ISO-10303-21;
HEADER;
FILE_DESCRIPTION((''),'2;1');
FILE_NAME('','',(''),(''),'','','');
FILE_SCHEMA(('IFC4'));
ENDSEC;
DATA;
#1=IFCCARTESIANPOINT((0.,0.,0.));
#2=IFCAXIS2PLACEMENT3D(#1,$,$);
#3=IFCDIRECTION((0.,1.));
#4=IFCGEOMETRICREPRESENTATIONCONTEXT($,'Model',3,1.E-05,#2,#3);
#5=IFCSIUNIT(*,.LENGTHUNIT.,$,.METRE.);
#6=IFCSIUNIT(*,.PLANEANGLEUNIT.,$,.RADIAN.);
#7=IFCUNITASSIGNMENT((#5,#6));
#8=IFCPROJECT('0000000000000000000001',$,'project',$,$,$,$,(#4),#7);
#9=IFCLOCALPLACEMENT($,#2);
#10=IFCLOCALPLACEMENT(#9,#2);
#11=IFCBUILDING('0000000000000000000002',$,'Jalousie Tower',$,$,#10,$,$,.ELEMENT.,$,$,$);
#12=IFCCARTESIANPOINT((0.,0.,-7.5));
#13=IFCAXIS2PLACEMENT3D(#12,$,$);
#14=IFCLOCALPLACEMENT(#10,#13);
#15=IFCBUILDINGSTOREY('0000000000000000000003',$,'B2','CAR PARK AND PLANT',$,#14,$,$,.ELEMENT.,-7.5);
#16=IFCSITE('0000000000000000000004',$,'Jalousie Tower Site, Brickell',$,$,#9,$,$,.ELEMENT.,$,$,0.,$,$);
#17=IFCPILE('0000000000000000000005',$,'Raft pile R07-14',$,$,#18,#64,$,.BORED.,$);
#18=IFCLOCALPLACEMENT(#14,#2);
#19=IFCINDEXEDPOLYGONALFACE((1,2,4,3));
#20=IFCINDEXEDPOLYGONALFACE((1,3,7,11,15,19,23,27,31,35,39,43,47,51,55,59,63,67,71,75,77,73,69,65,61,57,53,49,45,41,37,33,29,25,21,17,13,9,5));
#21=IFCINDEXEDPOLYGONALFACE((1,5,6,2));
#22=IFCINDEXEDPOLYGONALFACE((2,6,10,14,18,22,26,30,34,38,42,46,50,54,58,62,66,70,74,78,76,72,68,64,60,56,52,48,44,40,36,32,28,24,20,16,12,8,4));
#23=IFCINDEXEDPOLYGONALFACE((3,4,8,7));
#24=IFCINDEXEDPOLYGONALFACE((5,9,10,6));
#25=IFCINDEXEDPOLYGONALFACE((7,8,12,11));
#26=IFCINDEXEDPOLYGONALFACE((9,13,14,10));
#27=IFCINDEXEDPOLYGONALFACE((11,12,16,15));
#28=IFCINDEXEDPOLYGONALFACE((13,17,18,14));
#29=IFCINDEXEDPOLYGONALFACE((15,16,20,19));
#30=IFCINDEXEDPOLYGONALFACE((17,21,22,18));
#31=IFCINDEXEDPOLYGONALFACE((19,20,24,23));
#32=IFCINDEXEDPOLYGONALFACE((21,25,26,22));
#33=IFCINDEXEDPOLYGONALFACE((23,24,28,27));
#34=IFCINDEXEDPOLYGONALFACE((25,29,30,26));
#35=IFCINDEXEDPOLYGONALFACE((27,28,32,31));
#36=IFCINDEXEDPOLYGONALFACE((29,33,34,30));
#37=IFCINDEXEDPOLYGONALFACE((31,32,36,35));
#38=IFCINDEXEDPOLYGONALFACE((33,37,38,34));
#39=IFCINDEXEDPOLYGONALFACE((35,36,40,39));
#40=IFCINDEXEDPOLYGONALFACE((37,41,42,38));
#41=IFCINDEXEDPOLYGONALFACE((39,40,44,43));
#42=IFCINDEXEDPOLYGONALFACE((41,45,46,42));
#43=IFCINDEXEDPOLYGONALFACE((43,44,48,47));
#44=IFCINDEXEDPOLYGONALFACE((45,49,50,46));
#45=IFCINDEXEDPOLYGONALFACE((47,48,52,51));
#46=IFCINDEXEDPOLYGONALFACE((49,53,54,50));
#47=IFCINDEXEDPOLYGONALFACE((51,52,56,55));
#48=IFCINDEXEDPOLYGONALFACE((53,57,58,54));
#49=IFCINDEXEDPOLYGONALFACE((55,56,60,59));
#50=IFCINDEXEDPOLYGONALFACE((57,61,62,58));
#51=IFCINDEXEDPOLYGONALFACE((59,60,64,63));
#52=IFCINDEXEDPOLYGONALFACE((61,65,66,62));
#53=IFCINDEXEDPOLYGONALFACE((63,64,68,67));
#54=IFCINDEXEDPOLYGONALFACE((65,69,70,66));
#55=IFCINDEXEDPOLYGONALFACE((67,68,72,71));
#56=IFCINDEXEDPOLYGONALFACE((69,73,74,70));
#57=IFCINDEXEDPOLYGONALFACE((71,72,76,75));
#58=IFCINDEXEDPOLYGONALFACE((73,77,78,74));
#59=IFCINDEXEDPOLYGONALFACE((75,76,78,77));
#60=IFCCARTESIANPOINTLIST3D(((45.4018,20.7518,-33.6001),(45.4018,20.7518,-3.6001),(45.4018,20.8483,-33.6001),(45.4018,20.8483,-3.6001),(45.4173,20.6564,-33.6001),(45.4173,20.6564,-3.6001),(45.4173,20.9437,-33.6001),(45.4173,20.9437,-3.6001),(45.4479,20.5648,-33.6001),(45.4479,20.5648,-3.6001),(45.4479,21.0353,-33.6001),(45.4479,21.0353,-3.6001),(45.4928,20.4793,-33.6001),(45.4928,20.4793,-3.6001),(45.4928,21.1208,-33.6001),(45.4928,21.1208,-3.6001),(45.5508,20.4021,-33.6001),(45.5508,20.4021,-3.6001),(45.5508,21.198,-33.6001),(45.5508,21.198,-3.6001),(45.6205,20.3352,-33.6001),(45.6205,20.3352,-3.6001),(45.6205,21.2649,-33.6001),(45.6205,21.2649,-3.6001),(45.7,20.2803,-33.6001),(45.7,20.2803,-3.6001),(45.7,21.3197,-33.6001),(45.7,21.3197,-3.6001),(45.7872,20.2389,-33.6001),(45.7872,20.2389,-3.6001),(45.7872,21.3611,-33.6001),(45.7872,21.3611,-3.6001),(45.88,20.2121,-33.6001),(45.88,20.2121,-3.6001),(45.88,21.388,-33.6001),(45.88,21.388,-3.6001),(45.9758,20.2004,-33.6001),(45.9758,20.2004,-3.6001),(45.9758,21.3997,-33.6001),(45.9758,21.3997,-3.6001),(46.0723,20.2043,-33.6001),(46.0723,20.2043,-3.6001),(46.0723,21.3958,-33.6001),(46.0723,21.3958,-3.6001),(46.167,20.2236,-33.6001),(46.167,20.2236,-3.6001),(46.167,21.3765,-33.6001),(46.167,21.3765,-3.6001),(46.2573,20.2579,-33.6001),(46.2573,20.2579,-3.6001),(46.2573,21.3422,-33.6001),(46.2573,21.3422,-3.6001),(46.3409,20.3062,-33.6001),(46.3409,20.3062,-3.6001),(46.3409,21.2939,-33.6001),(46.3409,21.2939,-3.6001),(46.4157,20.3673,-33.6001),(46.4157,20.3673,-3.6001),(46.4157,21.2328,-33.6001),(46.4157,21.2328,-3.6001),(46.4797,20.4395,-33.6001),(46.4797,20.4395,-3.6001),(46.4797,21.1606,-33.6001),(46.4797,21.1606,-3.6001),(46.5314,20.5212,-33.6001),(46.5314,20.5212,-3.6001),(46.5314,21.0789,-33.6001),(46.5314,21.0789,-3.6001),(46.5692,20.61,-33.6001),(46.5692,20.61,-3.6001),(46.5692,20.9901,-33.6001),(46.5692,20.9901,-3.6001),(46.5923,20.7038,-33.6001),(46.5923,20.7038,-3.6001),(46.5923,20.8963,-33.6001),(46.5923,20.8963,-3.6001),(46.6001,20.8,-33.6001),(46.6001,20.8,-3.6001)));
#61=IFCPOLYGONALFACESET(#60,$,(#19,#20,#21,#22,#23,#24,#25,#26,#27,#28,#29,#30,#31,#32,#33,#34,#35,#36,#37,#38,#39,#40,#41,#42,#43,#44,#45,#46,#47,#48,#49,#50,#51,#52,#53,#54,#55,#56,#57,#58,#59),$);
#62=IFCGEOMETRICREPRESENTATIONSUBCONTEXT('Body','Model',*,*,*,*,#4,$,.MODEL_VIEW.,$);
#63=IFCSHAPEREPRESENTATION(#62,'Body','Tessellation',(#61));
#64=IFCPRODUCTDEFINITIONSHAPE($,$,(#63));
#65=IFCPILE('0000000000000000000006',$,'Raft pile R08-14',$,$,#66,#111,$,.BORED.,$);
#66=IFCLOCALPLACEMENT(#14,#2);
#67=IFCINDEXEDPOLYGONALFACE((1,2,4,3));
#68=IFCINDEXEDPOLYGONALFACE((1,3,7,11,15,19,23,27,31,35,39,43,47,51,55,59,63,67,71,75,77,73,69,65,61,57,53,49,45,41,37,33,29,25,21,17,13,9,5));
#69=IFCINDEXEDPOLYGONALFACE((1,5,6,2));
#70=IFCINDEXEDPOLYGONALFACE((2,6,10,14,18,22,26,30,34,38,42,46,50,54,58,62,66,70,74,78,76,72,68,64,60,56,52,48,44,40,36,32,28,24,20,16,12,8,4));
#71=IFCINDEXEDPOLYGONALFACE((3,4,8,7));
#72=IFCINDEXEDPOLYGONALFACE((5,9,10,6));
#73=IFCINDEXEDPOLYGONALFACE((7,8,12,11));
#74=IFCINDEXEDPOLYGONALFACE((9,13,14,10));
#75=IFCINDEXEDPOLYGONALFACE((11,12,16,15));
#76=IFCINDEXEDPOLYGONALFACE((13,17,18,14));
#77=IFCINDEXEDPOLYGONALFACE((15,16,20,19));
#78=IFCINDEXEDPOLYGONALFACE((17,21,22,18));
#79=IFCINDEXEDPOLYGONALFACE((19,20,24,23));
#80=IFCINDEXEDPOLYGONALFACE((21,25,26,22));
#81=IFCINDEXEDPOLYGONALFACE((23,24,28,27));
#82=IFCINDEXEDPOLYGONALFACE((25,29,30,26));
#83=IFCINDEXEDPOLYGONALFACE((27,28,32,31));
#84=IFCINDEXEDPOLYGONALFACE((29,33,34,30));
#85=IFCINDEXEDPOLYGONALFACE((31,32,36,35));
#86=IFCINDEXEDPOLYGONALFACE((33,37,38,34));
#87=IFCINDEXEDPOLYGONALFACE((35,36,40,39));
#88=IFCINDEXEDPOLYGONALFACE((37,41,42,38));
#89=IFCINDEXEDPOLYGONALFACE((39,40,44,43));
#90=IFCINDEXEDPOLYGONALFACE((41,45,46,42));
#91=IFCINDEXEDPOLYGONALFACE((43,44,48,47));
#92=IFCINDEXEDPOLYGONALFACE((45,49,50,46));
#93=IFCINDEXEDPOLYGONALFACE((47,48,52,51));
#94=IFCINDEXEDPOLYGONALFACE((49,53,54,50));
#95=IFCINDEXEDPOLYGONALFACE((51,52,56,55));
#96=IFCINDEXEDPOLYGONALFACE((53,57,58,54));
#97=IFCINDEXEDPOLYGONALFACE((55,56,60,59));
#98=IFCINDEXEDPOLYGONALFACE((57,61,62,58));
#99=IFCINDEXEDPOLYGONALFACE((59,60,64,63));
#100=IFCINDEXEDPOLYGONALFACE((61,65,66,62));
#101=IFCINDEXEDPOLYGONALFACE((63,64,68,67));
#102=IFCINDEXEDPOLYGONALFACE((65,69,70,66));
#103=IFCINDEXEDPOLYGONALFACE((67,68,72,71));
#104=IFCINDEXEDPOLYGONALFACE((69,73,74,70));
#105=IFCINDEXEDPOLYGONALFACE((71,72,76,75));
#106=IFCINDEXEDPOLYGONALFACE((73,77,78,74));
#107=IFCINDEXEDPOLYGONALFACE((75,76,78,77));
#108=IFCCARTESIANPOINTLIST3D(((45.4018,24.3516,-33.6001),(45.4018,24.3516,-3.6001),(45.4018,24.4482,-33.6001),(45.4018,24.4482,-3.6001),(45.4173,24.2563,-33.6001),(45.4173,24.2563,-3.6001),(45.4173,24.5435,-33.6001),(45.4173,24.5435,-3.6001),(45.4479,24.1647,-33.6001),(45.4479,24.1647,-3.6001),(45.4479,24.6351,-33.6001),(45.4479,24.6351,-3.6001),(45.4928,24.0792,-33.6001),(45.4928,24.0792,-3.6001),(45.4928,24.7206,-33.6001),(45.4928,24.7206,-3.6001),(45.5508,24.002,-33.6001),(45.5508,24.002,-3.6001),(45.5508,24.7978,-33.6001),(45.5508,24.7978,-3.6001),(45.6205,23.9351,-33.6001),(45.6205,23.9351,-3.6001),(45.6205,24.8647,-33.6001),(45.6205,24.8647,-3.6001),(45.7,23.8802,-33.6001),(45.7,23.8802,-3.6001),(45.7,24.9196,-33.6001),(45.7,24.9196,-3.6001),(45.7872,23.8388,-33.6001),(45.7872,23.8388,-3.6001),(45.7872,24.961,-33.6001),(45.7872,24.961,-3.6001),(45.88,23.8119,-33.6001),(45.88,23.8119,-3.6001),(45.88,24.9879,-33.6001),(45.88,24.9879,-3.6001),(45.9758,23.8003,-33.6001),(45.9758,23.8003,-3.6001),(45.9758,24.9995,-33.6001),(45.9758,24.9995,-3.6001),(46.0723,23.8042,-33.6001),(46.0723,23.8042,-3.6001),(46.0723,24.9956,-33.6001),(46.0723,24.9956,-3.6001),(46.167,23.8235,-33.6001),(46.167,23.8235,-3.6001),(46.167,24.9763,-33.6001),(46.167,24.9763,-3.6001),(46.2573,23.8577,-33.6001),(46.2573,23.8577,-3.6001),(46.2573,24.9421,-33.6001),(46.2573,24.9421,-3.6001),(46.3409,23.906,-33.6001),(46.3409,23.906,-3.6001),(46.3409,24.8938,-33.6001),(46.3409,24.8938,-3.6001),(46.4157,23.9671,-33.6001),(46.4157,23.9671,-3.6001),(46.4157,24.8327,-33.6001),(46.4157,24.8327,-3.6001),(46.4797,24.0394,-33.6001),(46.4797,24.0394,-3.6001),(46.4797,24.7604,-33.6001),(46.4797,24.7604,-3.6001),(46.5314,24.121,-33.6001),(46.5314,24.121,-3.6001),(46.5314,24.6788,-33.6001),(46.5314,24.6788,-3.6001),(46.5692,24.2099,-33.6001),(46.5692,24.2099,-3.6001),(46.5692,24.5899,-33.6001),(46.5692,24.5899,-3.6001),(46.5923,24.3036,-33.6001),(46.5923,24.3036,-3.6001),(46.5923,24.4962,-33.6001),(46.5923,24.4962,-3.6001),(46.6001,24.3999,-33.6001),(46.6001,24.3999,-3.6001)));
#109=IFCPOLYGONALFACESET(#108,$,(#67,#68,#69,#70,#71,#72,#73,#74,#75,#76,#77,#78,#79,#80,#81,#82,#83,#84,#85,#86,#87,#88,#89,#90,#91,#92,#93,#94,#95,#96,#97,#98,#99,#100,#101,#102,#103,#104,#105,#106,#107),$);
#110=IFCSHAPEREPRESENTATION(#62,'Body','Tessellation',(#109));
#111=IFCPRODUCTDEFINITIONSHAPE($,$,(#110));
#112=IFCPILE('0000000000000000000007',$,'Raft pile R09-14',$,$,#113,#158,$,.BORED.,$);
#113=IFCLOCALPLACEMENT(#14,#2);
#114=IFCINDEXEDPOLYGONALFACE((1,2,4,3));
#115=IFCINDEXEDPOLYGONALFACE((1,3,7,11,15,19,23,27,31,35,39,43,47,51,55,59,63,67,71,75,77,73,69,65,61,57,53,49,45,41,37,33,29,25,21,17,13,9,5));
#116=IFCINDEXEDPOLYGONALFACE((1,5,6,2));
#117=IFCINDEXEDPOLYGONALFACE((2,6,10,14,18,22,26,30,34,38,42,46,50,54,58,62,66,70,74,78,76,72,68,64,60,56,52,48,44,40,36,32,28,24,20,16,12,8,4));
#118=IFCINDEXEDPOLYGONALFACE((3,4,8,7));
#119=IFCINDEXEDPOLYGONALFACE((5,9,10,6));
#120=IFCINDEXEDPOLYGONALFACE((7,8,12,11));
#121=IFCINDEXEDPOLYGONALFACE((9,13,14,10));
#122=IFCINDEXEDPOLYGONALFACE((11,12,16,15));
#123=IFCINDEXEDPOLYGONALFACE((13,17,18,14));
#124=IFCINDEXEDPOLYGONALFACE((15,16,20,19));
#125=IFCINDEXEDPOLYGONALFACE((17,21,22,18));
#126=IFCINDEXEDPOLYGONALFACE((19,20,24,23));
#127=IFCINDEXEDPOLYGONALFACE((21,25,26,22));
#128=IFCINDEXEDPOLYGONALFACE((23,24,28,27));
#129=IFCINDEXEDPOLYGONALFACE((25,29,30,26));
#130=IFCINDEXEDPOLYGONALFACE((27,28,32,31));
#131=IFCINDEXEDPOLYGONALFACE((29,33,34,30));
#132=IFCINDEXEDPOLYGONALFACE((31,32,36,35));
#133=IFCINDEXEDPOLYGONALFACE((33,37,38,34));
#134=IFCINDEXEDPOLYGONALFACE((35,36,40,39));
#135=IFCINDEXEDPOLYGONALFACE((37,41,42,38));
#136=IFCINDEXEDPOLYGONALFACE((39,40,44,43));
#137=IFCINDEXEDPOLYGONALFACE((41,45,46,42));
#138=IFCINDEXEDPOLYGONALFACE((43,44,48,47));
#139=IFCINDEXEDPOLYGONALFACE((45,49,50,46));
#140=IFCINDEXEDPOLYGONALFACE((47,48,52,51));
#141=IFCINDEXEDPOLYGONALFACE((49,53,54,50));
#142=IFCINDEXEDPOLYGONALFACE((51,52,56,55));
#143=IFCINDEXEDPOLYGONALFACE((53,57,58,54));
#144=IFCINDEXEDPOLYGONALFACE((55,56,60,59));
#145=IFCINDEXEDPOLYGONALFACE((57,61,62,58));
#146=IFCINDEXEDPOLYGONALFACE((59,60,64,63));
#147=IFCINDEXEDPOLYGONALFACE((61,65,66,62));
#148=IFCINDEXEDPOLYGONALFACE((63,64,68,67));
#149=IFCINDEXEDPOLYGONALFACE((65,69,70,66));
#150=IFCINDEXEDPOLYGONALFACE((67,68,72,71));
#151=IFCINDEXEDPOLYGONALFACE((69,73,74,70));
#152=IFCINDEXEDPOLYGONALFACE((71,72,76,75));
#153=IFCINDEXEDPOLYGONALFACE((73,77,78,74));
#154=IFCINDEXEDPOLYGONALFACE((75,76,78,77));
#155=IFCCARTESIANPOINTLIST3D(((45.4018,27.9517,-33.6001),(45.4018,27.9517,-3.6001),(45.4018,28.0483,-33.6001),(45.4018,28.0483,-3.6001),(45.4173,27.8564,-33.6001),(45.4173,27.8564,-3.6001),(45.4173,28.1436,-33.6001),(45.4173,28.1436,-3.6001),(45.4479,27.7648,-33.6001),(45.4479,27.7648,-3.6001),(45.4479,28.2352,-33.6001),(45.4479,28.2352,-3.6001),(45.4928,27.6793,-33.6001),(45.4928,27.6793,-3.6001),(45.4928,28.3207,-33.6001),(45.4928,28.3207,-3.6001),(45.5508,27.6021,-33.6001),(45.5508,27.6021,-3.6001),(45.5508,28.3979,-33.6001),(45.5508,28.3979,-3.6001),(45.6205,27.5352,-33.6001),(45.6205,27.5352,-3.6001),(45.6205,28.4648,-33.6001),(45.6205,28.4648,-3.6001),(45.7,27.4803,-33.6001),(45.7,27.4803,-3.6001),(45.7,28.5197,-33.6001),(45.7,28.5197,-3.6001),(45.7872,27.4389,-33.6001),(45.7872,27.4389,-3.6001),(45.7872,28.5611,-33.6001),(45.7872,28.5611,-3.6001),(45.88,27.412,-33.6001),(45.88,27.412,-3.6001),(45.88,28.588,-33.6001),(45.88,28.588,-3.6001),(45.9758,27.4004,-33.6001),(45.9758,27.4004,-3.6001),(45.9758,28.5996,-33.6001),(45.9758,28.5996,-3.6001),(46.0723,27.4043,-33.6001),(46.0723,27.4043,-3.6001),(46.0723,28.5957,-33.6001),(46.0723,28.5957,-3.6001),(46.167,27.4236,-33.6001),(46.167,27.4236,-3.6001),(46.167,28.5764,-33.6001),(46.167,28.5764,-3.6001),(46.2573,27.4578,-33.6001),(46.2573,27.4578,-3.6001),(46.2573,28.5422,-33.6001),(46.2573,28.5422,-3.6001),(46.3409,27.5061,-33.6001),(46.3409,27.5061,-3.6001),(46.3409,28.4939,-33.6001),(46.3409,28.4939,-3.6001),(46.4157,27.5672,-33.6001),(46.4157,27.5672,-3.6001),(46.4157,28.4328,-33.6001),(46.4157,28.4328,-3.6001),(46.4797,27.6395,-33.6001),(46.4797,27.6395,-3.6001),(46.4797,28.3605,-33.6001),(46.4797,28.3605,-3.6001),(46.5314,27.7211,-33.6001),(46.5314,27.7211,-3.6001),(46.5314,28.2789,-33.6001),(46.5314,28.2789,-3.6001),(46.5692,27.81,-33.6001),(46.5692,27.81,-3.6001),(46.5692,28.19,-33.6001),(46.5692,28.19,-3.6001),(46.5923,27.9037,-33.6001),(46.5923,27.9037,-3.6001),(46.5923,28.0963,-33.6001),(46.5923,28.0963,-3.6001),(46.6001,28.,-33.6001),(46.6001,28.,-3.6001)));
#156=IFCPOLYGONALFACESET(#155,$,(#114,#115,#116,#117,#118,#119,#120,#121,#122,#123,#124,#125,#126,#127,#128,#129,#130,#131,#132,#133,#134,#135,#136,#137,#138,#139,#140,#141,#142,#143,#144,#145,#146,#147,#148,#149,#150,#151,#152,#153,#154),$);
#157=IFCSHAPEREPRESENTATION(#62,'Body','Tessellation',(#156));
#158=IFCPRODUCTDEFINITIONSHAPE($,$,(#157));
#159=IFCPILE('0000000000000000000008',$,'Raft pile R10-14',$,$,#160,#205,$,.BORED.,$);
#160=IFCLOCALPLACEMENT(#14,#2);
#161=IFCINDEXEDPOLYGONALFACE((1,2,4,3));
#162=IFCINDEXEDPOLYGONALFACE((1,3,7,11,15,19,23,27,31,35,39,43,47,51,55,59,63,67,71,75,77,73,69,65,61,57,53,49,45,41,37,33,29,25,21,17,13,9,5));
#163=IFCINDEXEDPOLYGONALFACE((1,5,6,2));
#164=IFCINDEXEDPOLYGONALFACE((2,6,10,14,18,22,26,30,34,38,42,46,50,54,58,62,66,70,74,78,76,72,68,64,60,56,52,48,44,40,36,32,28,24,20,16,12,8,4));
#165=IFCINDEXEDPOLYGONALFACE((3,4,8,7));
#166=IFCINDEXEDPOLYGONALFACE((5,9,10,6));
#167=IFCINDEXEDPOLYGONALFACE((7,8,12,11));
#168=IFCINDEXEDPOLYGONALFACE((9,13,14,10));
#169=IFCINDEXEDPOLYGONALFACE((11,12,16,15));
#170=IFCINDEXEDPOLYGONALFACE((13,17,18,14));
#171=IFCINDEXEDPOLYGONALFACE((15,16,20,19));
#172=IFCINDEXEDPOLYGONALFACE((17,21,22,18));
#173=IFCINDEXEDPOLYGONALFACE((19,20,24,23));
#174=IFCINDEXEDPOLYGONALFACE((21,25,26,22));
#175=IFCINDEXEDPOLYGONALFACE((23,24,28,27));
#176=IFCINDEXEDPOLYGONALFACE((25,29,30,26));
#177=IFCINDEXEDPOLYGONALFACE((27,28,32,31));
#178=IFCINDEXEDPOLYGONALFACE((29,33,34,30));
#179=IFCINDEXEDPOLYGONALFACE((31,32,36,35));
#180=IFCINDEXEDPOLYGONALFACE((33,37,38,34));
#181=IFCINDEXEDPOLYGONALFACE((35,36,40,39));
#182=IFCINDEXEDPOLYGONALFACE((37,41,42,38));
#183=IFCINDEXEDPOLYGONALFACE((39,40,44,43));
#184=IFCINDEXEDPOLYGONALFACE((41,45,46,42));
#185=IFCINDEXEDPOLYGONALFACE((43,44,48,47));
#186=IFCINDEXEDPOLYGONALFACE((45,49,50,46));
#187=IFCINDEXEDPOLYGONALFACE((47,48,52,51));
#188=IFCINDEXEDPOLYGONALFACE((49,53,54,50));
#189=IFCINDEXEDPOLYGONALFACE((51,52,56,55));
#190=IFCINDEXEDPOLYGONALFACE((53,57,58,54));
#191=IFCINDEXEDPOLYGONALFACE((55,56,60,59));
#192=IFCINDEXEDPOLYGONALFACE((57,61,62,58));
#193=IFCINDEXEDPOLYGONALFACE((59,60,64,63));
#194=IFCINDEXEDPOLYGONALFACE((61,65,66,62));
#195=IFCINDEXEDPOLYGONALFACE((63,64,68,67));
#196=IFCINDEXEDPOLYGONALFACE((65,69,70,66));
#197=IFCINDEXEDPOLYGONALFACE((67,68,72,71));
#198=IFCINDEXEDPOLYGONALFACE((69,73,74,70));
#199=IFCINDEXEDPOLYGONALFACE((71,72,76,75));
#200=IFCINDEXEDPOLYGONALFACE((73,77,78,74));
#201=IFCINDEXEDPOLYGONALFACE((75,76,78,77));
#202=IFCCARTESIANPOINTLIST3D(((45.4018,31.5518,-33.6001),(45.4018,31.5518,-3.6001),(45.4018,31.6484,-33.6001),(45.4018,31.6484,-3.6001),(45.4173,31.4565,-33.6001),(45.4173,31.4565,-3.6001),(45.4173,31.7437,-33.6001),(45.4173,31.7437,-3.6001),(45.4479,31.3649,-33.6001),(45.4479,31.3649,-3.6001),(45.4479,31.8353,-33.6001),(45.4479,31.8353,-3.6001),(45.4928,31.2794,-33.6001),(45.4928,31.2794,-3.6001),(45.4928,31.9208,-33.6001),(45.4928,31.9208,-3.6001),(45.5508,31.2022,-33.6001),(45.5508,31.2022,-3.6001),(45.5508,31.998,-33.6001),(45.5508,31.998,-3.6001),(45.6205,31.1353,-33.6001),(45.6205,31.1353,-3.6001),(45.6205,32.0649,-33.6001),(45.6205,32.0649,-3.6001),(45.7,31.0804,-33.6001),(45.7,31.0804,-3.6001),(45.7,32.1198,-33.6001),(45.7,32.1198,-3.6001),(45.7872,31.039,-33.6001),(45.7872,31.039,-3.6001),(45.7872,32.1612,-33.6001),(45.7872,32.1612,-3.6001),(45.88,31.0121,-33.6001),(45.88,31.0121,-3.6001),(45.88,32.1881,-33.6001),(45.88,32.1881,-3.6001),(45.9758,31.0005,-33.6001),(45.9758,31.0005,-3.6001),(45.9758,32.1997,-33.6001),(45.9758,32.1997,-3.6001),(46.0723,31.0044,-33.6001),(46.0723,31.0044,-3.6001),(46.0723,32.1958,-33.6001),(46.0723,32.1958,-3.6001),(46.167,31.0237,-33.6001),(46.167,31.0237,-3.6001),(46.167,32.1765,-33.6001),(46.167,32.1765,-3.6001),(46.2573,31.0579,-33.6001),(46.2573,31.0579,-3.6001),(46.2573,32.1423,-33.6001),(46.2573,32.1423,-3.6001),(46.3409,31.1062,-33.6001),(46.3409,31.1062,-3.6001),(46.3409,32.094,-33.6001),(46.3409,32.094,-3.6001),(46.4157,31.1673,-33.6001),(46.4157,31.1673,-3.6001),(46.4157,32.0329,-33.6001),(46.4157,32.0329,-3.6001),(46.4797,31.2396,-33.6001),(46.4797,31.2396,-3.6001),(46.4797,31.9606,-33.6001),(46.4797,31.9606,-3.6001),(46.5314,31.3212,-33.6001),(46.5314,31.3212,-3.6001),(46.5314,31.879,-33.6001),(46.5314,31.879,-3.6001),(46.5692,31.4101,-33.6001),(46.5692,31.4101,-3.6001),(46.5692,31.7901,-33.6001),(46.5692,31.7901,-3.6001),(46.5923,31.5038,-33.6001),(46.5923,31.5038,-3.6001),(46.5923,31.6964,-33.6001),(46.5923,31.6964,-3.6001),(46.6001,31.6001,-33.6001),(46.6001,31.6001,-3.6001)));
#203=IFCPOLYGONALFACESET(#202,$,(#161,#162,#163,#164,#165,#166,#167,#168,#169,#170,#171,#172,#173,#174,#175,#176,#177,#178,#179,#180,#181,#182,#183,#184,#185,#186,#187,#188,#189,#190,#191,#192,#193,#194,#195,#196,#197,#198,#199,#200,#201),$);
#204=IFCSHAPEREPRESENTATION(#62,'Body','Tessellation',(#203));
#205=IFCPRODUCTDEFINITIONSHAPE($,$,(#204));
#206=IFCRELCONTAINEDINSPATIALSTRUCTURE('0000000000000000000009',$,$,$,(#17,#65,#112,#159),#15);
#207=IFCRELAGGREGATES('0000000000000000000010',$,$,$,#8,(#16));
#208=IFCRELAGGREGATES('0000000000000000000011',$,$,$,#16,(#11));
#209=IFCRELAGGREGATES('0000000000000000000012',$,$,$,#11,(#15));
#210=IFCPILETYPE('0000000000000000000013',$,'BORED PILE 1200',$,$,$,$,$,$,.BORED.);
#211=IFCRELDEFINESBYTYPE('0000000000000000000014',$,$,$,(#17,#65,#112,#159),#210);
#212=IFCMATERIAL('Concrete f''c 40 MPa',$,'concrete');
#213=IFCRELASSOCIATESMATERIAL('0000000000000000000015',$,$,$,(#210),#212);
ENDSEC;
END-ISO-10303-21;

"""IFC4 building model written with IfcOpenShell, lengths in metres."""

from ifc_helpers import new_model, si_unit, direction, frame, origin, origin_2d, place, context, subcontext, project, spatial, circle, extrude, material, material_profile, profile_set, type_object, element, save


model = new_model("IFC4")

# Units and contexts
model_context = context("Model", 3, precision=1e-05, world=origin(), true_north=direction((0.0, 1.0)))
body_context = subcontext(model_context, "Body", "Model", "MODEL_VIEW")
ifc_project = project(units=[si_unit("LENGTHUNIT", "METRE"), si_unit("PLANEANGLEUNIT", "RADIAN")], contexts=[model_context])

# Site, building, storey
site_placement = place(None, origin())
site = spatial("IfcSite", under=ifc_project, at=site_placement, Name="Jalousie Tower Site, Brickell", CompositionType="ELEMENT", RefElevation=0.0)
building_placement = place(site_placement, origin())
building = spatial("IfcBuilding", under=site, at=building_placement, Name="Jalousie Tower", CompositionType="ELEMENT")
storey_placement = place(building_placement, frame((0.0, 0.0, -7.5)))
storey = spatial("IfcBuildingStorey", under=building, at=storey_placement, Name="B2", Description="CAR PARK AND PLANT", CompositionType="ELEMENT", Elevation=-7.5)

# Piles
ifc_material_1 = material(Name="Concrete f'c 40 MPa", Category="concrete")
ifc_material_profile_1 = material_profile(ifc_material_1, circle(Radius=0.6001, at=origin_2d()), Name="BORED PILE D1200")
ifc_profile_set_1 = profile_set([ifc_material_profile_1], Name="Concrete f'c 40 MPa")
pile_type_1 = type_object("IfcPileType", Name="BORED PILE 1200", PredefinedType="BORED", material=ifc_profile_set_1)
for number, where, z_axis, x_axis, name in (
    (1, (46.0, 20.8, -3.6001), (0.0, 0.0, -1.0), (1.0, 0.0, 0.0), "Raft pile R07-14"),
    (2, (46.0, 24.3999, -3.6001), (0.0, 0.0, -1.0), (1.0, 0.0, 0.0), "Raft pile R08-14"),
    (3, (46.0, 28.0, -3.6001), (0.0, 0.0, -1.0), (1.0, 0.0, 0.0), "Raft pile R09-14"),
    (4, (46.0, 31.6001, -3.6001), (0.0, 0.0, -1.0), (1.0, 0.0, 0.0), "Raft pile R10-14"),
):
    element("IfcPile", number, at=place(storey_placement, frame(where, z_axis=z_axis, x_axis=x_axis)), inside=storey, type_object=pile_type_1, Name=name, PredefinedType="BORED", context=body_context, shape_type="SweptSolid", body=[
        extrude(circle(Radius=0.6001, at=origin_2d()), origin(), (0.0, 0.0, 1.0), 30.0),
    ])

save(model, "model.ifc")
